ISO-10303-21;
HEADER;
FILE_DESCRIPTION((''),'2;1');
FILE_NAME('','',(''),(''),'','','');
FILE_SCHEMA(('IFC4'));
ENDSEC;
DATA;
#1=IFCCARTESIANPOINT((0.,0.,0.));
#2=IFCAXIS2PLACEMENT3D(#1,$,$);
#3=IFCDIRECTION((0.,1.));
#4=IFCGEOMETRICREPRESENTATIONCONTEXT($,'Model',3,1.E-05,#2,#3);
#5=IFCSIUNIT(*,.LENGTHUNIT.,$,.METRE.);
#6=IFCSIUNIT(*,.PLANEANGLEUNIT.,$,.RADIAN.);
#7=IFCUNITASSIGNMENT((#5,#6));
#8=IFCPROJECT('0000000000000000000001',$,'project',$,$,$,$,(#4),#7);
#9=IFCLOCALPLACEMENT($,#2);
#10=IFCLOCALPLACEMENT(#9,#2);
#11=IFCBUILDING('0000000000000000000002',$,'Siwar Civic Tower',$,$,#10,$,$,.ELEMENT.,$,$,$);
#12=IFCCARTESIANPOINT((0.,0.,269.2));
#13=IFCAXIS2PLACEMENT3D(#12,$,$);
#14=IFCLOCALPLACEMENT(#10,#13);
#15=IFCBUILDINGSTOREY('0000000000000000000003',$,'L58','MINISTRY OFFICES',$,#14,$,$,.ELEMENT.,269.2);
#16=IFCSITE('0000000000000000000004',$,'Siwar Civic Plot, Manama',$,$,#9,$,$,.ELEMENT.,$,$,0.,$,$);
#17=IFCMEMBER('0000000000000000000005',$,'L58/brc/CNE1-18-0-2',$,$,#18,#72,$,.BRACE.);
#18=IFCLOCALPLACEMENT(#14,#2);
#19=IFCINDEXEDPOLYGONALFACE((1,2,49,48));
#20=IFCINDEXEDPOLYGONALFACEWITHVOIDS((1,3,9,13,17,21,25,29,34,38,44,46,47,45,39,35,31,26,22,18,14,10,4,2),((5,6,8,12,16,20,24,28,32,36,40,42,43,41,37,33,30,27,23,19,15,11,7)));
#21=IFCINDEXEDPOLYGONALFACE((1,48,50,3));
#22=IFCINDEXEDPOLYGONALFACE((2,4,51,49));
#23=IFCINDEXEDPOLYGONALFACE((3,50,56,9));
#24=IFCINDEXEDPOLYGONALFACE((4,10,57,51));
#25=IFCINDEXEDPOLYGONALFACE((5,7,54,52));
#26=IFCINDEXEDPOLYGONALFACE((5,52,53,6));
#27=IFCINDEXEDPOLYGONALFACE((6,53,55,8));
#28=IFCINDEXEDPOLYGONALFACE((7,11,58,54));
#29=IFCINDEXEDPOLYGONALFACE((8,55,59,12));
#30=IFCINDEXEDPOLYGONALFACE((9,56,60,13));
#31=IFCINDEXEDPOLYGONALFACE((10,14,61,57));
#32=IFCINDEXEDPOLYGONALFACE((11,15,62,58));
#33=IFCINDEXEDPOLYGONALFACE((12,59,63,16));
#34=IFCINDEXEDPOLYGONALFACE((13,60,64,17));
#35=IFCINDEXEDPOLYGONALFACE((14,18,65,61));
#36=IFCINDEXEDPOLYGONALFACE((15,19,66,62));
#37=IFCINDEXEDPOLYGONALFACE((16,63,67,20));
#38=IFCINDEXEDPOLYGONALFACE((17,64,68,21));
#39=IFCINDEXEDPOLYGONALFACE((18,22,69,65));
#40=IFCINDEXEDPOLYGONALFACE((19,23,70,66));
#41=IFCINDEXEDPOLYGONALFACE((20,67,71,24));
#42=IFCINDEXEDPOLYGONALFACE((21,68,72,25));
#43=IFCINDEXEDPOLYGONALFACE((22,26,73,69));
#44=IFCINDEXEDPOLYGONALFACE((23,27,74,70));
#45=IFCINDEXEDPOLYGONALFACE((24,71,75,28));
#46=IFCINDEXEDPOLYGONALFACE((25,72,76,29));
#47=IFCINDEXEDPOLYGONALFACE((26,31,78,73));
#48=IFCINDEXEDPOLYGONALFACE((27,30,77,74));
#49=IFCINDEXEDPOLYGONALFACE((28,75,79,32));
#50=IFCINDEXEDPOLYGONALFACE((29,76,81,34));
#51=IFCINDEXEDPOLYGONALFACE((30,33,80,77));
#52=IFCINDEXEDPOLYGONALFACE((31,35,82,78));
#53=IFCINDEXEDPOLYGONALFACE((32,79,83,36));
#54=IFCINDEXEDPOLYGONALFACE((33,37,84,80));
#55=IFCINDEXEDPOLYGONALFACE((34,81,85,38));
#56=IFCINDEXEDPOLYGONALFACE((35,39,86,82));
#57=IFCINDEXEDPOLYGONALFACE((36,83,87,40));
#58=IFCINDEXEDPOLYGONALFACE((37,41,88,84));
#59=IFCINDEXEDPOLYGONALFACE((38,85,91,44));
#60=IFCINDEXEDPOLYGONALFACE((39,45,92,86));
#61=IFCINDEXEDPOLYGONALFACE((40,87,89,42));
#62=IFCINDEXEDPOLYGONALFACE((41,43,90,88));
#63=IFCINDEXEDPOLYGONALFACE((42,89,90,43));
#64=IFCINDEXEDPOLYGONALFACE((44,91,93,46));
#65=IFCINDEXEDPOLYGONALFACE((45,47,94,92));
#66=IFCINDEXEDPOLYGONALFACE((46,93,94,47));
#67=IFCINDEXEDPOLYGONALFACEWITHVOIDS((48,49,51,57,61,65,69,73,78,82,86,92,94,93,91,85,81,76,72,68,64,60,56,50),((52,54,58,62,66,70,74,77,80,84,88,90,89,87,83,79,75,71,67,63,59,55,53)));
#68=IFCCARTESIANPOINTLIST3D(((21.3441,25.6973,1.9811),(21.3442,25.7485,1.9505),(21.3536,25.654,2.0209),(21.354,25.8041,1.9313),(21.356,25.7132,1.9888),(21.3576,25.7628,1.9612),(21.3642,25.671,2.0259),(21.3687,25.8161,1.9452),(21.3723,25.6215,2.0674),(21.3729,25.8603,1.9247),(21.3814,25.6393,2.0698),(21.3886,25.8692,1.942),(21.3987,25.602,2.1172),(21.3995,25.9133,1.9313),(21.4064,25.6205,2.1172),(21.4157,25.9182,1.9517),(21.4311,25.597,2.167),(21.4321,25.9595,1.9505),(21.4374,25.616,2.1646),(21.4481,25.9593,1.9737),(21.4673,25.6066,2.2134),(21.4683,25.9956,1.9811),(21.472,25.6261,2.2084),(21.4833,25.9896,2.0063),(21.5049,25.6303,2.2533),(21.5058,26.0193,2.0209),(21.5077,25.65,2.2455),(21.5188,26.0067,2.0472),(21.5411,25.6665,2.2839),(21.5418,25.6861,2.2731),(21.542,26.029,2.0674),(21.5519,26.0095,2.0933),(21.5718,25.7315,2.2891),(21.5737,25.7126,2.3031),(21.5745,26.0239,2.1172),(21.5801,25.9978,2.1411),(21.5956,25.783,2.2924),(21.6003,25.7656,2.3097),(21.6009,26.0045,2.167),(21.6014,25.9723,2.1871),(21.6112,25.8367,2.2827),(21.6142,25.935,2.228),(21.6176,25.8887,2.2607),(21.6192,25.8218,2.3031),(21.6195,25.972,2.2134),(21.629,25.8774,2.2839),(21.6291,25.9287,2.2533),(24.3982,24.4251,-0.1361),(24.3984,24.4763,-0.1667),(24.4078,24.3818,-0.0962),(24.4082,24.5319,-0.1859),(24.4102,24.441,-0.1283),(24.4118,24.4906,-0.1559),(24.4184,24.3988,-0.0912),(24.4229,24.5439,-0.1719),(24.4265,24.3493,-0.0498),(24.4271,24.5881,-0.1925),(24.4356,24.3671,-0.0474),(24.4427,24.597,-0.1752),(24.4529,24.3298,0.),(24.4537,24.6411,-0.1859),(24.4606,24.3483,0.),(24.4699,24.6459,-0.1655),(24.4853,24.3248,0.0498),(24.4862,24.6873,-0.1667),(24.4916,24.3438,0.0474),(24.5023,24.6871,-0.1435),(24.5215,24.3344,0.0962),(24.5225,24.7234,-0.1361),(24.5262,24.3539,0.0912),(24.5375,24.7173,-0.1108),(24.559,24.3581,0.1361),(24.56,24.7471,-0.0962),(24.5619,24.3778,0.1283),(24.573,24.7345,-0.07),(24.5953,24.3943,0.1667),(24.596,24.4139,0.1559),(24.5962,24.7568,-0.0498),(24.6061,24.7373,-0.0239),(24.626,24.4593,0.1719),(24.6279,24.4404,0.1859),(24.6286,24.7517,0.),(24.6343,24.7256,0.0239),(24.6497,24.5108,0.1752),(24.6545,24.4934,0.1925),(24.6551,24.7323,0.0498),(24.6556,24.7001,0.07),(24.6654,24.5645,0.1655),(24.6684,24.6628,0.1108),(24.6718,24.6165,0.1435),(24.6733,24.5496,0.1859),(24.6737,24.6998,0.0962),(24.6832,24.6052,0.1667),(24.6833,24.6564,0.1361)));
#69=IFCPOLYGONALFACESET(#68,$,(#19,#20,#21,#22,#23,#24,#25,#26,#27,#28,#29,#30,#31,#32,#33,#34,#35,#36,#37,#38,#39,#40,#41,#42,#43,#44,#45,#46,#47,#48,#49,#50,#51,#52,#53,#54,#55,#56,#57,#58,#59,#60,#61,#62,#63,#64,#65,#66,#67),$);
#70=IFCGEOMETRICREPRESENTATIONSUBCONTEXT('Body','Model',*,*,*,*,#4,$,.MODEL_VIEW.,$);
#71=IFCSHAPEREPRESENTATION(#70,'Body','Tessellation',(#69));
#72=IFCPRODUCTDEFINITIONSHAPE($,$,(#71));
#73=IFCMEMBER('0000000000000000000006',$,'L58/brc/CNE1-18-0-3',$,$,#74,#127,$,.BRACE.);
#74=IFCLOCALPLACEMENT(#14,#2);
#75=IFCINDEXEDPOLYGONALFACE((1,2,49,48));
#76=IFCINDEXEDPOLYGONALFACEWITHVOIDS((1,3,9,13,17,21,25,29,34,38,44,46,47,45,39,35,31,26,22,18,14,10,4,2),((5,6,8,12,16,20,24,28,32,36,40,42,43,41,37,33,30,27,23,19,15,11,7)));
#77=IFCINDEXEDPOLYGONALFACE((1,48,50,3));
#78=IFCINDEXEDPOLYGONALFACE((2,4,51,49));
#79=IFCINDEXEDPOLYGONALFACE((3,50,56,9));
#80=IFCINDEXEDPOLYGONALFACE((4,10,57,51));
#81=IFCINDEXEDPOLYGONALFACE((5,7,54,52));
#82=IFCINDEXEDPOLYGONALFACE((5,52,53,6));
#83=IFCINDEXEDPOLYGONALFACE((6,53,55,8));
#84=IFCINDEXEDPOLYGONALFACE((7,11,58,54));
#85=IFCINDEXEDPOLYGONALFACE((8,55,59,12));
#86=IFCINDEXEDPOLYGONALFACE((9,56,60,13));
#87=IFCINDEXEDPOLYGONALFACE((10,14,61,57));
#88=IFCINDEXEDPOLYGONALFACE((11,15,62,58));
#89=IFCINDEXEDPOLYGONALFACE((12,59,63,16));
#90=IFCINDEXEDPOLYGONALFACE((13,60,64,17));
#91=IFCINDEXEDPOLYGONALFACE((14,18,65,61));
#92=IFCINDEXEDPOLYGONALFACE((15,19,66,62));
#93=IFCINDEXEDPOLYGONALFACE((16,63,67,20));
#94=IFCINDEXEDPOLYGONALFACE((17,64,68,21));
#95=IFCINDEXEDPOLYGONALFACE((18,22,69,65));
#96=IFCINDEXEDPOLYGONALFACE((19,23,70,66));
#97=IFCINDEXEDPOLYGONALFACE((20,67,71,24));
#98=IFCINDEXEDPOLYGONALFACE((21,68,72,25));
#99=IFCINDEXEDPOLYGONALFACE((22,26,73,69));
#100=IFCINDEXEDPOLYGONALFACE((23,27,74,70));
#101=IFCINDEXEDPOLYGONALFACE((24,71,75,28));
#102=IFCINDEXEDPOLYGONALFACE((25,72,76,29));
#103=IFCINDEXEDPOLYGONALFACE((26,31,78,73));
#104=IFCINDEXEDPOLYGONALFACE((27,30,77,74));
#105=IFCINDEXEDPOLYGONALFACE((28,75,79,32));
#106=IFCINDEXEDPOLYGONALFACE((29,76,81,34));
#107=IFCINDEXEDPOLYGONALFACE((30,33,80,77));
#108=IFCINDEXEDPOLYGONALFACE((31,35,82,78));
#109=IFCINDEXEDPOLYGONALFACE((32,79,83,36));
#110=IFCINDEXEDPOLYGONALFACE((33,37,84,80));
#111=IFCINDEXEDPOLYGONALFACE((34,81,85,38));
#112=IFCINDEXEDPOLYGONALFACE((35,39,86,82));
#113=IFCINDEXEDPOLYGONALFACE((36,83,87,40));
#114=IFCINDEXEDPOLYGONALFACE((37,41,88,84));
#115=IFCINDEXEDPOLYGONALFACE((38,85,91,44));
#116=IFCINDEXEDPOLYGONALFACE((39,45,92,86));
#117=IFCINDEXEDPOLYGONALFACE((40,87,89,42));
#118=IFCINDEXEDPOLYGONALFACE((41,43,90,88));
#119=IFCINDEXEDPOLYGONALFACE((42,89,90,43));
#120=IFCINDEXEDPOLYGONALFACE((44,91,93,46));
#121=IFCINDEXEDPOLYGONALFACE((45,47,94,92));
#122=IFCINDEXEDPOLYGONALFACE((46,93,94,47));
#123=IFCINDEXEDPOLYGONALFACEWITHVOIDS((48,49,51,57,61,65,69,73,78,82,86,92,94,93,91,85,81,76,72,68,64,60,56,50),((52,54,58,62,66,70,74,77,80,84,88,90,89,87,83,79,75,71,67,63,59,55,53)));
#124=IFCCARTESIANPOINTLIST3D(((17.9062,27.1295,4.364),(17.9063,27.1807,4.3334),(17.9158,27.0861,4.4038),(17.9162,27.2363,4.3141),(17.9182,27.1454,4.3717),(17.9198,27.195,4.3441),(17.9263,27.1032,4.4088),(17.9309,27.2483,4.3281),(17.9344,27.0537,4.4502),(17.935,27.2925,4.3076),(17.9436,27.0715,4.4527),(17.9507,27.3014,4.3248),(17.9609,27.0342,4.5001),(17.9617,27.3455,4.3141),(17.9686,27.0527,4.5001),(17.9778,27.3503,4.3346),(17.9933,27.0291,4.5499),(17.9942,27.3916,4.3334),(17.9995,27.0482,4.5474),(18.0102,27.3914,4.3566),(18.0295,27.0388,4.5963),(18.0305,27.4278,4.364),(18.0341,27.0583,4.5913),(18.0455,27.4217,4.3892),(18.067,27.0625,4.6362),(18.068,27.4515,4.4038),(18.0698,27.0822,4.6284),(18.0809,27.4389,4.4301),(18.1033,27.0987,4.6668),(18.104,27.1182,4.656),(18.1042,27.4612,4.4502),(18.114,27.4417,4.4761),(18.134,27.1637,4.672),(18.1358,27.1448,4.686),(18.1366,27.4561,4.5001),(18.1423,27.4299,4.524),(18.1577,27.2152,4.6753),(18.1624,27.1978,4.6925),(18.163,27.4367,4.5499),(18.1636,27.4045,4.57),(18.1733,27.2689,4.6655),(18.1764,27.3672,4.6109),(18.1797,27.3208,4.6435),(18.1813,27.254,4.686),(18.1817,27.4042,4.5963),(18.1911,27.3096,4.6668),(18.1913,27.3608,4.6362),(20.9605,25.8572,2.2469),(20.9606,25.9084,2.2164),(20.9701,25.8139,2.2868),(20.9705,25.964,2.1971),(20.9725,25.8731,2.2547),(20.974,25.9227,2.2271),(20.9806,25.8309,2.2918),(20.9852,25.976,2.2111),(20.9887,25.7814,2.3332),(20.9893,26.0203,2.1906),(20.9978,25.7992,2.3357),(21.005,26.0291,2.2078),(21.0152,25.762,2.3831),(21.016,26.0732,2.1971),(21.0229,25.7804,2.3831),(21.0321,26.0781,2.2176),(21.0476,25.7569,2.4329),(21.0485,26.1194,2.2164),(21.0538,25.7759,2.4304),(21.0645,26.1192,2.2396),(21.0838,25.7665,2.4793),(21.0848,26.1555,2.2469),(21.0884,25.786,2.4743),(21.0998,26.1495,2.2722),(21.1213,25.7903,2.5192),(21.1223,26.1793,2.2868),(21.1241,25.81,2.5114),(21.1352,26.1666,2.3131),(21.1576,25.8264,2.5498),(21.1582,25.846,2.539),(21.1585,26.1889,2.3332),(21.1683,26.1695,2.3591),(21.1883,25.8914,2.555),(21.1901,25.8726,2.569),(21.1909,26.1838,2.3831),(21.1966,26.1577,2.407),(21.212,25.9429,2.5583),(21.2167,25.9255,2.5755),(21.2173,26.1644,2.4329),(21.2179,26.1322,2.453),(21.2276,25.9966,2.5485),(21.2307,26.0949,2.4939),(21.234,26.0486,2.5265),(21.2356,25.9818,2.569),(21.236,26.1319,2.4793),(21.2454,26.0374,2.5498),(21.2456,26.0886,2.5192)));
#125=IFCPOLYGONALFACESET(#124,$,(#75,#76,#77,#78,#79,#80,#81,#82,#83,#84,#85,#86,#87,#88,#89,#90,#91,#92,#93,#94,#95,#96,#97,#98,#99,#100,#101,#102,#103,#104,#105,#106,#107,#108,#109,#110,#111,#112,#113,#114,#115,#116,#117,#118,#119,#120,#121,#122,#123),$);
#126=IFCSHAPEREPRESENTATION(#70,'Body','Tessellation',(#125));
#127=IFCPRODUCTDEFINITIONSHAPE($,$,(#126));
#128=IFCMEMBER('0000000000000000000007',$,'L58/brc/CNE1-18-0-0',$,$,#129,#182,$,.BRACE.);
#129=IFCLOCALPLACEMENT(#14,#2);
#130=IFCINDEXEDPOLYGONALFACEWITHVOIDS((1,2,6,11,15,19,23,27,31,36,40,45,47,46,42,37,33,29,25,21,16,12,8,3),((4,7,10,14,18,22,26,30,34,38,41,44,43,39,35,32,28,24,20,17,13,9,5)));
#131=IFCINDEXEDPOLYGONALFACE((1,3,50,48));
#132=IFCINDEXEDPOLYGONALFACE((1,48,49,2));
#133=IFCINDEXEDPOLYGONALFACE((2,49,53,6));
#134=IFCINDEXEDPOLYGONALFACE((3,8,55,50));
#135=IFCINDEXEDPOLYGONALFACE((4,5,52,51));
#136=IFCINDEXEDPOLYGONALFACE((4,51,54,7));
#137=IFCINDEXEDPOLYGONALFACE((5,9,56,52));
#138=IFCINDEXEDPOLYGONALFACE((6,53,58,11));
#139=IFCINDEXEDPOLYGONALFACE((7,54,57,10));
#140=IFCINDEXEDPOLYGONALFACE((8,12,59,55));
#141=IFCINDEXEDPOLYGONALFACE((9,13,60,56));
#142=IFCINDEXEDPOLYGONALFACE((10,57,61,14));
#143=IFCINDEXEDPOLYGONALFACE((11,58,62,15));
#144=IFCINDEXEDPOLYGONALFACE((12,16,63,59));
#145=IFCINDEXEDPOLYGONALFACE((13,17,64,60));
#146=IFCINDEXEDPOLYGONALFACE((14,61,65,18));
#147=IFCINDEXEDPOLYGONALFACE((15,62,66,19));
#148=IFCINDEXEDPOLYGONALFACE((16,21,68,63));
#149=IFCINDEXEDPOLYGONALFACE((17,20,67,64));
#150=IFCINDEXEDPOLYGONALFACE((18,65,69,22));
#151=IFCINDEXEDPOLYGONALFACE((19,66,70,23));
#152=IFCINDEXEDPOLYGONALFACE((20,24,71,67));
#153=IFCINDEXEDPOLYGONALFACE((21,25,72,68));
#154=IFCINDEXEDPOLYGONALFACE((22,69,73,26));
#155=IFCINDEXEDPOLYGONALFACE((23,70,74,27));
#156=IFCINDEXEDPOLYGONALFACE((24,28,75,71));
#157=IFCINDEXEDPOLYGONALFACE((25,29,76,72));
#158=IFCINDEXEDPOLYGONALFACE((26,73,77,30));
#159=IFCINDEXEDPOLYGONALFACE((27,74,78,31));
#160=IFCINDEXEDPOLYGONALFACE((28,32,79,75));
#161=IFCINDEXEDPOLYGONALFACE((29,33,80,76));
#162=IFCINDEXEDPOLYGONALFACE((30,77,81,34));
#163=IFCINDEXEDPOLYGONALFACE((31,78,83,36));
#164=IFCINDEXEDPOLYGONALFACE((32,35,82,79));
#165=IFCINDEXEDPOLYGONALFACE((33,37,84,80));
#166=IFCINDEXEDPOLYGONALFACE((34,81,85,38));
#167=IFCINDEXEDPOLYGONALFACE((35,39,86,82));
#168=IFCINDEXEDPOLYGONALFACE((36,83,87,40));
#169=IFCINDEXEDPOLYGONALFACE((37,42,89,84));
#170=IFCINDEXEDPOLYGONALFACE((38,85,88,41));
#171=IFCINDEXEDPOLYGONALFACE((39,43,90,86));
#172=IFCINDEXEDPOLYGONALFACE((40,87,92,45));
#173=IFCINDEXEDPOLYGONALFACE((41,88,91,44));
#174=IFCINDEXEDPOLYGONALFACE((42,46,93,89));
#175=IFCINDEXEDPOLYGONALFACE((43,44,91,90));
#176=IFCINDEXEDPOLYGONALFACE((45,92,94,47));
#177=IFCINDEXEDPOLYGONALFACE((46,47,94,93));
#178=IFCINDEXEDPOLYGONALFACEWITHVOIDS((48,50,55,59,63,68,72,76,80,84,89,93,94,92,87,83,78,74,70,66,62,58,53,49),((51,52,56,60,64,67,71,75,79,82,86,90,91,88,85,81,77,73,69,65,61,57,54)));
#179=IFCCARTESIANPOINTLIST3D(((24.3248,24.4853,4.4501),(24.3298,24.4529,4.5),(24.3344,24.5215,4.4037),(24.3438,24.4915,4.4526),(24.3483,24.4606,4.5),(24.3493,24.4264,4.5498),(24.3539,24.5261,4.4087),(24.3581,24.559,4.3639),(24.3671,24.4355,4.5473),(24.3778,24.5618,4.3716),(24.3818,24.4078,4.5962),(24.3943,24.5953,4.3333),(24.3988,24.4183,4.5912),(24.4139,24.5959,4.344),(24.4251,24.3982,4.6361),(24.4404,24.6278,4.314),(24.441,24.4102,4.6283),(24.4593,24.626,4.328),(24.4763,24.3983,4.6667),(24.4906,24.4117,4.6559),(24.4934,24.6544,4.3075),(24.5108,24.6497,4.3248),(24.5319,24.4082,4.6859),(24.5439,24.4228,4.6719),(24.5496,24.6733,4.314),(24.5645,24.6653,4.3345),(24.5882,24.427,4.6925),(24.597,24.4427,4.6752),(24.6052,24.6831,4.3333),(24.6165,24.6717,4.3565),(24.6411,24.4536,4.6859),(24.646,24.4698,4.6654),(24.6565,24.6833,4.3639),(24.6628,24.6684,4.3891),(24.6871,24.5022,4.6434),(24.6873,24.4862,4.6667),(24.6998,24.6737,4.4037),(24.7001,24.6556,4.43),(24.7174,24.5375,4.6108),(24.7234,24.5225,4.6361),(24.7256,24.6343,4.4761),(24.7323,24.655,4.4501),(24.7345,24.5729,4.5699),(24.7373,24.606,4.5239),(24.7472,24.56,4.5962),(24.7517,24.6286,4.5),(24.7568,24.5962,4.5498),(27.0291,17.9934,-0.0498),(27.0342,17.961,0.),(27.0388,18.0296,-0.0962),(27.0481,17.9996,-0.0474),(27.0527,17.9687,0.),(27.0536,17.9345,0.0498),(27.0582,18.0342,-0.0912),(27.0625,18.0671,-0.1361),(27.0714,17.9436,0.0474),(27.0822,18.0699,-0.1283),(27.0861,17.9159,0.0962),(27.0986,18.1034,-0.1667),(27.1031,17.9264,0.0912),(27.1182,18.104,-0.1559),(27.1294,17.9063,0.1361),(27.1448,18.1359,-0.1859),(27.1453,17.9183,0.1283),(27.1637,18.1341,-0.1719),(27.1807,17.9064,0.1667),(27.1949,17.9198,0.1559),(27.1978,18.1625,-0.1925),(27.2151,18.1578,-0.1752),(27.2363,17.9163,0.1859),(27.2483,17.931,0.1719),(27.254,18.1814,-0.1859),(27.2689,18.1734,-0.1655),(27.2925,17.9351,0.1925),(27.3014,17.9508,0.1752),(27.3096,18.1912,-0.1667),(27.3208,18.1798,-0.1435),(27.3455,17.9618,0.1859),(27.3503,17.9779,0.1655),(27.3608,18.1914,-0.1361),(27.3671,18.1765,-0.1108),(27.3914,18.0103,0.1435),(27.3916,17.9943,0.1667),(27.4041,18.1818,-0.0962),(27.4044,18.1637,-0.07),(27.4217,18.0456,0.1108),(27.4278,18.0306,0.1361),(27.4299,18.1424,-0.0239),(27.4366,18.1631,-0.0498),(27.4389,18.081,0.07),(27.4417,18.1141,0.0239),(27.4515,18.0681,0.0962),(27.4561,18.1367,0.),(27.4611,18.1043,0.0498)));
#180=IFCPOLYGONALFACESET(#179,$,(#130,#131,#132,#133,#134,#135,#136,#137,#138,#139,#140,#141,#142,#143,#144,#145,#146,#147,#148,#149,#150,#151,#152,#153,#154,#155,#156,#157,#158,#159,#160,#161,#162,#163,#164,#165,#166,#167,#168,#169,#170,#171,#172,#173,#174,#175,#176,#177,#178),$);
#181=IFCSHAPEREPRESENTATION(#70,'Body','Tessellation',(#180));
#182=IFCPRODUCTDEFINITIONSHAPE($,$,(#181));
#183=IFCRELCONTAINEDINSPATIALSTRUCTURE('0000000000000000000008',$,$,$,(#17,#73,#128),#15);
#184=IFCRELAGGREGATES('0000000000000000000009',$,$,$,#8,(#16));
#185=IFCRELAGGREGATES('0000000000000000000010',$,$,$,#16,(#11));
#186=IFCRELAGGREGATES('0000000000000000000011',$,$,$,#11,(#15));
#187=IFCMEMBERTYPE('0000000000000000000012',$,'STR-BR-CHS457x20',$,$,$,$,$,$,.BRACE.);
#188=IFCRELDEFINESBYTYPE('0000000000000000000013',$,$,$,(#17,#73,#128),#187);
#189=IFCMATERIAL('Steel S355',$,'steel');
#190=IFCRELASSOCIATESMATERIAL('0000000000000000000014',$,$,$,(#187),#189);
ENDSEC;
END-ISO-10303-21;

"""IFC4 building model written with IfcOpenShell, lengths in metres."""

from ifc_helpers import new_model, si_unit, direction, frame, origin, origin_2d, place, context, subcontext, project, spatial, hollow_circle, extrude, material, material_profile, profile_set, type_object, element, save


model = new_model("IFC4")

# Units and contexts
model_context = context("Model", 3, precision=1e-05, world=origin(), true_north=direction((0.0, 1.0)))
body_context = subcontext(model_context, "Body", "Model", "MODEL_VIEW")
ifc_project = project(units=[si_unit("LENGTHUNIT", "METRE"), si_unit("PLANEANGLEUNIT", "RADIAN")], contexts=[model_context])

# Site, building, storey
site_placement = place(None, origin())
site = spatial("IfcSite", under=ifc_project, at=site_placement, Name="Siwar Civic Plot, Manama", CompositionType="ELEMENT", RefElevation=0.0)
building_placement = place(site_placement, origin())
building = spatial("IfcBuilding", under=site, at=building_placement, Name="Siwar Civic Tower", CompositionType="ELEMENT")
storey_placement = place(building_placement, frame((0.0, 0.0, 269.2)))
storey = spatial("IfcBuildingStorey", under=building, at=storey_placement, Name="L58", Description="MINISTRY OFFICES", CompositionType="ELEMENT", Elevation=269.2)

# Members
ifc_material_1 = material(Name="Steel S355", Category="steel")
ifc_material_profile_1 = material_profile(ifc_material_1, hollow_circle(Radius=0.2285, WallThickness=0.02, at=origin_2d()), Name="CHS457x20")
ifc_profile_set_1 = profile_set([ifc_material_profile_1], Name="Steel S355")
member_type_1 = type_object("IfcMemberType", Name="STR-BR-CHS457x20", PredefinedType="BRACE", material=ifc_profile_set_1)
for number, where, z_axis, x_axis, name in (
    (1, (24.5408, 24.5408, 0.0), (-0.777546, 0.323884, 0.538999), (-0.384521, -0.923116, 0.0), "L58/brc/CNE1-18-0-2"),
    (2, (21.103, 25.9729, 2.3831), (-0.777572, 0.323895, 0.538955), (-0.384521, -0.923116, 0.0), "L58/brc/CNE1-18-0-3"),
):
    element("IfcMember", number, at=place(storey_placement, frame(where, z_axis=z_axis, x_axis=x_axis)), inside=storey, type_object=member_type_1, Name=name, PredefinedType="BRACE", context=body_context, shape_type="SweptSolid", body=[
        extrude(hollow_circle(Radius=0.2285, WallThickness=0.02, at=origin_2d()), origin(), (0.0, 0.0, 1.0), 3.928),
    ])
member_1_placement = place(storey_placement, frame((27.2451, 18.0488, 0.0), z_axis=(-0.323906, 0.777555, 0.538975), x_axis=(-0.923109, -0.384539, 0.0)))
element("IfcMember", 3, at=member_1_placement, inside=storey, type_object=member_type_1, Name="L58/brc/CNE1-18-0-0", PredefinedType="BRACE", context=body_context, shape_type="SweptSolid", body=[
    extrude(hollow_circle(Radius=0.2285, WallThickness=0.02, at=origin_2d()), origin(), (0.0, 0.0, 1.0), 8.3491),
])

save(model, "model.ifc")
